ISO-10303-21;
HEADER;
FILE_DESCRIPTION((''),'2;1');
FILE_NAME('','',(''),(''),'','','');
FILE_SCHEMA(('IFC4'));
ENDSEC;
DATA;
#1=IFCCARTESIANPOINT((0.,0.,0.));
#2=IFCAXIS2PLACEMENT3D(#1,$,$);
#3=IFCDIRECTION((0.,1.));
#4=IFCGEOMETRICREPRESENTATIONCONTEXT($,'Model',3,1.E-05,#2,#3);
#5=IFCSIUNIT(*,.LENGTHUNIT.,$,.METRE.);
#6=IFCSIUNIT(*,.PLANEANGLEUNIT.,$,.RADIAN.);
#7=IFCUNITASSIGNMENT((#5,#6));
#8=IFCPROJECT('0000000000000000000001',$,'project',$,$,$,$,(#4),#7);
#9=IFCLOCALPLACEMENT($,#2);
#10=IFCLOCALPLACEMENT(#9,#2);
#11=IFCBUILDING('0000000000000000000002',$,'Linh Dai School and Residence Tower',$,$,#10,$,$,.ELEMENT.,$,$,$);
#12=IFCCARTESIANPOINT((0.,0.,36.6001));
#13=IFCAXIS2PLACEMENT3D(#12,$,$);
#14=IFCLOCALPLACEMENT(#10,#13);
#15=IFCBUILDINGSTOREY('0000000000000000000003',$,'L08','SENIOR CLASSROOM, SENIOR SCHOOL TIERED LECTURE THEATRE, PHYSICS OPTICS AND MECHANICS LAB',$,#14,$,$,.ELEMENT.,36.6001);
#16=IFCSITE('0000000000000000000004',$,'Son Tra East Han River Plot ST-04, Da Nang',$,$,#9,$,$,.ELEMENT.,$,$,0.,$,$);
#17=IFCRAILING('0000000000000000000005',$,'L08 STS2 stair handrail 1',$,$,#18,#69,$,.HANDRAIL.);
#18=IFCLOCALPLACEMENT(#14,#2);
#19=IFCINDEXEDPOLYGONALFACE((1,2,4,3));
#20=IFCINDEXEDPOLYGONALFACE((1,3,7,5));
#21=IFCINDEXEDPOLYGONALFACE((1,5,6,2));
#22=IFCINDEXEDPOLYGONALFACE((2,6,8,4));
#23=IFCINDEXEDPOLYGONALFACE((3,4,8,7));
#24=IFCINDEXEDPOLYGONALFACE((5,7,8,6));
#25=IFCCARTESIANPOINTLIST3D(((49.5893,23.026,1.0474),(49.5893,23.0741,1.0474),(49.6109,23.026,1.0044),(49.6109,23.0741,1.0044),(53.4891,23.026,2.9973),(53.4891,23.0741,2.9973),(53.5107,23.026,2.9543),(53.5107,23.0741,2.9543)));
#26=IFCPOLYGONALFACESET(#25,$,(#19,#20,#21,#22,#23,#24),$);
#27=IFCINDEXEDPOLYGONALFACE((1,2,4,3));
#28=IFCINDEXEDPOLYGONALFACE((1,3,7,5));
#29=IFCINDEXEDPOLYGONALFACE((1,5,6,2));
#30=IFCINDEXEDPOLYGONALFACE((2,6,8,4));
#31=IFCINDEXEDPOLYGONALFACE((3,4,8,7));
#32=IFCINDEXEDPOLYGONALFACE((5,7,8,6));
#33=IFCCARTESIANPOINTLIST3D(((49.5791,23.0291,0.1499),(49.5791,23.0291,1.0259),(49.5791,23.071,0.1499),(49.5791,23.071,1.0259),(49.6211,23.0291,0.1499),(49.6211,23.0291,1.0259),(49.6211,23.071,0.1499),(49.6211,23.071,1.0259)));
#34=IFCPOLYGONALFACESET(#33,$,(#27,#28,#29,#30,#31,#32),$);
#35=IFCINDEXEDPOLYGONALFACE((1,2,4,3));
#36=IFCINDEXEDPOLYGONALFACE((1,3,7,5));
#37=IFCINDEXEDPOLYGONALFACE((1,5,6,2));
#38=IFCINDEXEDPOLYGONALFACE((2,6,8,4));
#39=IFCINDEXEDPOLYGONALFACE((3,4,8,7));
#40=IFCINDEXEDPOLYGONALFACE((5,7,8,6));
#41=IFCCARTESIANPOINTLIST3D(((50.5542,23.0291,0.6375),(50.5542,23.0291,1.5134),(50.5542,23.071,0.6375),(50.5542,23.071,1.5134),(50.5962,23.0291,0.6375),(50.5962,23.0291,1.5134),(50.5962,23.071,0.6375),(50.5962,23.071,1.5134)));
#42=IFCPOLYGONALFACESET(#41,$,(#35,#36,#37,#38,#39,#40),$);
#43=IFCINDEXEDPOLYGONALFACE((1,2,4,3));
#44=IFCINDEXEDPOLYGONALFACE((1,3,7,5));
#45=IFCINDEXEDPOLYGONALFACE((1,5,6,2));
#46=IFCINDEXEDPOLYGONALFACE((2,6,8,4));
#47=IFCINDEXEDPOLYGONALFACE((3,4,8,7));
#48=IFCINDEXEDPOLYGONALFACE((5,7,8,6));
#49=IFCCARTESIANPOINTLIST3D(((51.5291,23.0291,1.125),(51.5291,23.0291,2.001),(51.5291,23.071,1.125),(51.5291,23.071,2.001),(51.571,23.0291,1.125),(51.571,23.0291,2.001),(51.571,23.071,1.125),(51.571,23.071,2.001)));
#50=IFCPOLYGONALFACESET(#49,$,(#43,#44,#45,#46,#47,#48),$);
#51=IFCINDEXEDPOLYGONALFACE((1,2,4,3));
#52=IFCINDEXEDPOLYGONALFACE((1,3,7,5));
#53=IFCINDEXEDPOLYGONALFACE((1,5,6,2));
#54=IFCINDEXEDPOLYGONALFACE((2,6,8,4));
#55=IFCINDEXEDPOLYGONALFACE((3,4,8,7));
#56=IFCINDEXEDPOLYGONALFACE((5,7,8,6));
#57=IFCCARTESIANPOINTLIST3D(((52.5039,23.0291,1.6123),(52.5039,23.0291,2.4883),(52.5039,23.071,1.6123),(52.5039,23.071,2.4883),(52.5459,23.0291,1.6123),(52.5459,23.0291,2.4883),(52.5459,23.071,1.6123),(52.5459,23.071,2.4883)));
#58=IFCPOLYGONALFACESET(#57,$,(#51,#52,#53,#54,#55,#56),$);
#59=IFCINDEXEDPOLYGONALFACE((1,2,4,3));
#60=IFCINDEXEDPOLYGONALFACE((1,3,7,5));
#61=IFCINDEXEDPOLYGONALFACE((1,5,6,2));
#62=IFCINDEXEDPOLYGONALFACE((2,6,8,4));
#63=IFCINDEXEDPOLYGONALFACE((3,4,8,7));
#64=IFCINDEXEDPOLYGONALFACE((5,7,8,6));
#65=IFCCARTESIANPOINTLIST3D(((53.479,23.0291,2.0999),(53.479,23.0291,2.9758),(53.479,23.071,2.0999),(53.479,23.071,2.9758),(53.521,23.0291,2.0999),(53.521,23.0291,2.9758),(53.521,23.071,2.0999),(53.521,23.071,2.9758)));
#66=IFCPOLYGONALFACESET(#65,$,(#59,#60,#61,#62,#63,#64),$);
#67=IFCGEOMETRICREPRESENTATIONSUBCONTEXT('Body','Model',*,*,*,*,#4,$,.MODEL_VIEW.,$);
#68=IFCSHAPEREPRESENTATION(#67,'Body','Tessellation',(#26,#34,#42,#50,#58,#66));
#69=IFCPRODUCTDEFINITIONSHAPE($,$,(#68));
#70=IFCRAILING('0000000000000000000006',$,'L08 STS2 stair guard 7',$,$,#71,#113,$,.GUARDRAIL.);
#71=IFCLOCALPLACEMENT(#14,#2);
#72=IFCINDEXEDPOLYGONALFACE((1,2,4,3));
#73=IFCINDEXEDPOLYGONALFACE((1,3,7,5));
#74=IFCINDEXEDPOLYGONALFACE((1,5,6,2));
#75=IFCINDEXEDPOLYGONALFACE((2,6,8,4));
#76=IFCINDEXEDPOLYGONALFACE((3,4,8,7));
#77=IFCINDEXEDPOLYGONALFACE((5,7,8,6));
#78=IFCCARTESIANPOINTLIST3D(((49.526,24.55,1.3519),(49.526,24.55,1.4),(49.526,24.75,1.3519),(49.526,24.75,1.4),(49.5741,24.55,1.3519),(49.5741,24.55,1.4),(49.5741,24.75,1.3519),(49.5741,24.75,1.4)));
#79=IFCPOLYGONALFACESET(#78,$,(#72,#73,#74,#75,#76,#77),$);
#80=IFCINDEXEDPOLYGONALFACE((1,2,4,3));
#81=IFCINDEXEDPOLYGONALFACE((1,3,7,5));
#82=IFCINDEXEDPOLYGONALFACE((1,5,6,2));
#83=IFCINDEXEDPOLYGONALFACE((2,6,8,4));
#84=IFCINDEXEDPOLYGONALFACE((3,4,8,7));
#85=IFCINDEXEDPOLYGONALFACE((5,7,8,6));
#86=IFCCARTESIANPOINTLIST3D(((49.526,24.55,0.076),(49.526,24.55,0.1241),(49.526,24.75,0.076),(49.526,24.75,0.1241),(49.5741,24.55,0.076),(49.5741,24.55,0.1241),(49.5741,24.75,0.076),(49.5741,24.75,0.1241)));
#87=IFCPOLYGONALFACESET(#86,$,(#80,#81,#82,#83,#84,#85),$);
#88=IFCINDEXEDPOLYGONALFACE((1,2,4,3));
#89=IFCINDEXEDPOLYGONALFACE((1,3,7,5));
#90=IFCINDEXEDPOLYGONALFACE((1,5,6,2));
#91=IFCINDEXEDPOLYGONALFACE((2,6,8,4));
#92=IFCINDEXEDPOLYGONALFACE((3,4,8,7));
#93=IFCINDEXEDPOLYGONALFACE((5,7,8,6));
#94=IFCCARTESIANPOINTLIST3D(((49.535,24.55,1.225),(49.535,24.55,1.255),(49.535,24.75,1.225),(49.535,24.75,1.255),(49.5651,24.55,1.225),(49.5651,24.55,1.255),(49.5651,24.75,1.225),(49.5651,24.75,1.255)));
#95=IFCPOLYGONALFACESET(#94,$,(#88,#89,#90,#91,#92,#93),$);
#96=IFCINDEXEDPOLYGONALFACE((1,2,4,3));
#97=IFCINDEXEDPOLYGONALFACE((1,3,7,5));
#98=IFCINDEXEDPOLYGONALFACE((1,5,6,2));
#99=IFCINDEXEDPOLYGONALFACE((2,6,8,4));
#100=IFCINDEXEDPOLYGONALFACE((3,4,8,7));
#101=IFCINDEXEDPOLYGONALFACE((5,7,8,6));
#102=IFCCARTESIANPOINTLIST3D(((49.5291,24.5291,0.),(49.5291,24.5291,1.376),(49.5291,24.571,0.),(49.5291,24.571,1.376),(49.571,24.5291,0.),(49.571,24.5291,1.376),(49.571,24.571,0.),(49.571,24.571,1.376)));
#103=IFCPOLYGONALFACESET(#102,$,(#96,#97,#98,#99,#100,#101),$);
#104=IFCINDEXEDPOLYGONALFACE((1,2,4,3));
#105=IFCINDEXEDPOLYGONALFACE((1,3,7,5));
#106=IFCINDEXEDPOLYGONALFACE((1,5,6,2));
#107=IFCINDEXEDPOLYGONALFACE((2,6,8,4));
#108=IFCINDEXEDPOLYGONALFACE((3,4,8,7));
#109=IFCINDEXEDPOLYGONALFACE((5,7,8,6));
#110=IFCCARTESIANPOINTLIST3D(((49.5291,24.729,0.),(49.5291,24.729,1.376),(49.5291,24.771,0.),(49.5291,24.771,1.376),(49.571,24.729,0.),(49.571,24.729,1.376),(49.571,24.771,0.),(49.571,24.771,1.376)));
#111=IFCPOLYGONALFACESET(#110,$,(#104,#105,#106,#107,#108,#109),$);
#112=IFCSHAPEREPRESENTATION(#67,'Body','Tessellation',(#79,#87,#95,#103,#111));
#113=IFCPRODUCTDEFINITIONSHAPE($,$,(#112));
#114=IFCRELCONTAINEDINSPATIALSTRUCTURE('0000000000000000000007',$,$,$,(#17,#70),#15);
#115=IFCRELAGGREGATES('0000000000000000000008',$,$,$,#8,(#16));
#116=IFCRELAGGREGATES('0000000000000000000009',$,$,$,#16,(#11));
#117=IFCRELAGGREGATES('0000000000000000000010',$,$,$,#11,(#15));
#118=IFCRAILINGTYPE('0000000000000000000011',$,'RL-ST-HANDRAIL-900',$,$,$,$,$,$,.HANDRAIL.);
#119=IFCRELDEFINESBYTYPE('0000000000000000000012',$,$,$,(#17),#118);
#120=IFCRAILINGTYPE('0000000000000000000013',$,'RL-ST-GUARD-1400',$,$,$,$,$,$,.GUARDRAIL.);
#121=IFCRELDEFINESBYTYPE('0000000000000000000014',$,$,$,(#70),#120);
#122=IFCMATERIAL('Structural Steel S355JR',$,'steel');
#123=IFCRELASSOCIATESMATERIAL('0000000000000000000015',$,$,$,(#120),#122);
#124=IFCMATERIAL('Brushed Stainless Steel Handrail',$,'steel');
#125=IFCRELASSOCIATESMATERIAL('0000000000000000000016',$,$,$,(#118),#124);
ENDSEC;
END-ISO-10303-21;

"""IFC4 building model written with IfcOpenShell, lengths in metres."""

from ifc_helpers import new_model, si_unit, direction, frame, origin, origin_2d, place, context, subcontext, project, spatial, rectangle, extrude, source, transform, mapped, material, type_object, element, save


model = new_model("IFC4")

# Units and contexts
model_context = context("Model", 3, precision=1e-05, world=origin(), true_north=direction((0.0, 1.0)))
body_context = subcontext(model_context, "Body", "Model", "MODEL_VIEW")
ifc_project = project(units=[si_unit("LENGTHUNIT", "METRE"), si_unit("PLANEANGLEUNIT", "RADIAN")], contexts=[model_context])

# Site, building, storey
site_placement = place(None, origin())
site = spatial("IfcSite", under=ifc_project, at=site_placement, Name="Son Tra East Han River Plot ST-04, Da Nang", CompositionType="ELEMENT", RefElevation=0.0)
building_placement = place(site_placement, origin())
building = spatial("IfcBuilding", under=site, at=building_placement, Name="Linh Dai School and Residence Tower", CompositionType="ELEMENT")
storey_placement = place(building_placement, frame((0.0, 0.0, 36.6001)))
storey = spatial("IfcBuildingStorey", under=building, at=storey_placement, Name="L08", Description="SENIOR CLASSROOM, SENIOR SCHOOL TIERED LECTURE THEATRE, PHYSICS OPTICS AND MECHANICS LAB", CompositionType="ELEMENT", Elevation=36.6001)

# Railings
ifc_material_1 = material(Name="Structural Steel S355JR", Category="steel")
railing_type_1 = type_object("IfcRailingType", Name="RL-ST-GUARD-1400", PredefinedType="GUARDRAIL", material=ifc_material_1)
ifc_material_2 = material(Name="Brushed Stainless Steel Handrail", Category="steel")
railing_type_2 = type_object("IfcRailingType", Name="RL-ST-HANDRAIL-900", PredefinedType="HANDRAIL", material=ifc_material_2)
shared_shape_1 = source(origin(), body_context, "Body", "SweptSolid", [
    extrude(rectangle(XDim=0.0481, YDim=0.0481, at=origin_2d()), frame((0.0, 0.0, 0.876), z_axis=(0.894427, 0.0, 0.447214), x_axis=(0.0, 1.0, 0.0)), (0.0, 0.0, 1.0), 4.3601),
    extrude(rectangle(XDim=0.042, YDim=0.042, at=origin_2d()), origin(), (0.0, 0.0, 1.0), 0.876),
    extrude(rectangle(XDim=0.042, YDim=0.042, at=origin_2d()), frame((0.9751, 0.0, 0.4875)), (0.0, 0.0, 1.0), 0.876),
    extrude(rectangle(XDim=0.042, YDim=0.042, at=origin_2d()), frame((1.95, 0.0, 0.9751)), (0.0, 0.0, 1.0), 0.876),
    extrude(rectangle(XDim=0.042, YDim=0.042, at=origin_2d()), frame((2.9248, 0.0, 1.4624)), (0.0, 0.0, 1.0), 0.876),
    extrude(rectangle(XDim=0.042, YDim=0.042, at=origin_2d()), frame((3.8999, 0.0, 1.95)), (0.0, 0.0, 1.0), 0.876),
])
railing_1_placement = place(storey_placement, frame((49.6001, 23.05, 0.1499)))
element("IfcRailing", 1, at=railing_1_placement, inside=storey, type_object=railing_type_2, Name="L08 STS2 stair handrail 1", PredefinedType="HANDRAIL", context=body_context, shape_type="MappedRepresentation", body=[
    mapped(shared_shape_1, transform((0.0, 0.0, 0.0), x_axis=(1.0, 0.0, 0.0), y_axis=(0.0, 1.0, 0.0), z_axis=(0.0, 0.0, 1.0), scale=1.0)),
])
shared_shape_2 = source(origin(), body_context, "Body", "SweptSolid", [
    extrude(rectangle(XDim=0.0481, YDim=0.0481, at=origin_2d()), frame((0.0, 0.0, 1.376), z_axis=(0.0, 1.0, 0.0), x_axis=(-1.0, 0.0, 0.0)), (0.0, 0.0, 1.0), 0.2),
    extrude(rectangle(XDim=0.0481, YDim=0.0481, at=origin_2d()), frame((0.0, 0.0, 0.1001), z_axis=(0.0, 1.0, 0.0), x_axis=(-1.0, 0.0, 0.0)), (0.0, 0.0, 1.0), 0.2),
    extrude(rectangle(XDim=0.03, YDim=0.03, at=origin_2d()), frame((0.0, 0.0, 1.24), z_axis=(0.0, 1.0, 0.0), x_axis=(-1.0, 0.0, 0.0)), (0.0, 0.0, 1.0), 0.2),
    extrude(rectangle(XDim=0.042, YDim=0.042, at=origin_2d()), origin(), (0.0, 0.0, 1.0), 1.376),
    extrude(rectangle(XDim=0.042, YDim=0.042, at=origin_2d()), frame((0.0, 0.2, 0.0)), (0.0, 0.0, 1.0), 1.376),
])
railing_2_placement = place(storey_placement, frame((49.55, 24.55, 0.0)))
element("IfcRailing", 2, at=railing_2_placement, inside=storey, type_object=railing_type_1, Name="L08 STS2 stair guard 7", PredefinedType="GUARDRAIL", context=body_context, shape_type="MappedRepresentation", body=[
    mapped(shared_shape_2, transform((0.0, 0.0, 0.0), x_axis=(1.0, 0.0, 0.0), y_axis=(0.0, 1.0, 0.0), z_axis=(0.0, 0.0, 1.0), scale=1.0)),
])

save(model, "model.ifc")
